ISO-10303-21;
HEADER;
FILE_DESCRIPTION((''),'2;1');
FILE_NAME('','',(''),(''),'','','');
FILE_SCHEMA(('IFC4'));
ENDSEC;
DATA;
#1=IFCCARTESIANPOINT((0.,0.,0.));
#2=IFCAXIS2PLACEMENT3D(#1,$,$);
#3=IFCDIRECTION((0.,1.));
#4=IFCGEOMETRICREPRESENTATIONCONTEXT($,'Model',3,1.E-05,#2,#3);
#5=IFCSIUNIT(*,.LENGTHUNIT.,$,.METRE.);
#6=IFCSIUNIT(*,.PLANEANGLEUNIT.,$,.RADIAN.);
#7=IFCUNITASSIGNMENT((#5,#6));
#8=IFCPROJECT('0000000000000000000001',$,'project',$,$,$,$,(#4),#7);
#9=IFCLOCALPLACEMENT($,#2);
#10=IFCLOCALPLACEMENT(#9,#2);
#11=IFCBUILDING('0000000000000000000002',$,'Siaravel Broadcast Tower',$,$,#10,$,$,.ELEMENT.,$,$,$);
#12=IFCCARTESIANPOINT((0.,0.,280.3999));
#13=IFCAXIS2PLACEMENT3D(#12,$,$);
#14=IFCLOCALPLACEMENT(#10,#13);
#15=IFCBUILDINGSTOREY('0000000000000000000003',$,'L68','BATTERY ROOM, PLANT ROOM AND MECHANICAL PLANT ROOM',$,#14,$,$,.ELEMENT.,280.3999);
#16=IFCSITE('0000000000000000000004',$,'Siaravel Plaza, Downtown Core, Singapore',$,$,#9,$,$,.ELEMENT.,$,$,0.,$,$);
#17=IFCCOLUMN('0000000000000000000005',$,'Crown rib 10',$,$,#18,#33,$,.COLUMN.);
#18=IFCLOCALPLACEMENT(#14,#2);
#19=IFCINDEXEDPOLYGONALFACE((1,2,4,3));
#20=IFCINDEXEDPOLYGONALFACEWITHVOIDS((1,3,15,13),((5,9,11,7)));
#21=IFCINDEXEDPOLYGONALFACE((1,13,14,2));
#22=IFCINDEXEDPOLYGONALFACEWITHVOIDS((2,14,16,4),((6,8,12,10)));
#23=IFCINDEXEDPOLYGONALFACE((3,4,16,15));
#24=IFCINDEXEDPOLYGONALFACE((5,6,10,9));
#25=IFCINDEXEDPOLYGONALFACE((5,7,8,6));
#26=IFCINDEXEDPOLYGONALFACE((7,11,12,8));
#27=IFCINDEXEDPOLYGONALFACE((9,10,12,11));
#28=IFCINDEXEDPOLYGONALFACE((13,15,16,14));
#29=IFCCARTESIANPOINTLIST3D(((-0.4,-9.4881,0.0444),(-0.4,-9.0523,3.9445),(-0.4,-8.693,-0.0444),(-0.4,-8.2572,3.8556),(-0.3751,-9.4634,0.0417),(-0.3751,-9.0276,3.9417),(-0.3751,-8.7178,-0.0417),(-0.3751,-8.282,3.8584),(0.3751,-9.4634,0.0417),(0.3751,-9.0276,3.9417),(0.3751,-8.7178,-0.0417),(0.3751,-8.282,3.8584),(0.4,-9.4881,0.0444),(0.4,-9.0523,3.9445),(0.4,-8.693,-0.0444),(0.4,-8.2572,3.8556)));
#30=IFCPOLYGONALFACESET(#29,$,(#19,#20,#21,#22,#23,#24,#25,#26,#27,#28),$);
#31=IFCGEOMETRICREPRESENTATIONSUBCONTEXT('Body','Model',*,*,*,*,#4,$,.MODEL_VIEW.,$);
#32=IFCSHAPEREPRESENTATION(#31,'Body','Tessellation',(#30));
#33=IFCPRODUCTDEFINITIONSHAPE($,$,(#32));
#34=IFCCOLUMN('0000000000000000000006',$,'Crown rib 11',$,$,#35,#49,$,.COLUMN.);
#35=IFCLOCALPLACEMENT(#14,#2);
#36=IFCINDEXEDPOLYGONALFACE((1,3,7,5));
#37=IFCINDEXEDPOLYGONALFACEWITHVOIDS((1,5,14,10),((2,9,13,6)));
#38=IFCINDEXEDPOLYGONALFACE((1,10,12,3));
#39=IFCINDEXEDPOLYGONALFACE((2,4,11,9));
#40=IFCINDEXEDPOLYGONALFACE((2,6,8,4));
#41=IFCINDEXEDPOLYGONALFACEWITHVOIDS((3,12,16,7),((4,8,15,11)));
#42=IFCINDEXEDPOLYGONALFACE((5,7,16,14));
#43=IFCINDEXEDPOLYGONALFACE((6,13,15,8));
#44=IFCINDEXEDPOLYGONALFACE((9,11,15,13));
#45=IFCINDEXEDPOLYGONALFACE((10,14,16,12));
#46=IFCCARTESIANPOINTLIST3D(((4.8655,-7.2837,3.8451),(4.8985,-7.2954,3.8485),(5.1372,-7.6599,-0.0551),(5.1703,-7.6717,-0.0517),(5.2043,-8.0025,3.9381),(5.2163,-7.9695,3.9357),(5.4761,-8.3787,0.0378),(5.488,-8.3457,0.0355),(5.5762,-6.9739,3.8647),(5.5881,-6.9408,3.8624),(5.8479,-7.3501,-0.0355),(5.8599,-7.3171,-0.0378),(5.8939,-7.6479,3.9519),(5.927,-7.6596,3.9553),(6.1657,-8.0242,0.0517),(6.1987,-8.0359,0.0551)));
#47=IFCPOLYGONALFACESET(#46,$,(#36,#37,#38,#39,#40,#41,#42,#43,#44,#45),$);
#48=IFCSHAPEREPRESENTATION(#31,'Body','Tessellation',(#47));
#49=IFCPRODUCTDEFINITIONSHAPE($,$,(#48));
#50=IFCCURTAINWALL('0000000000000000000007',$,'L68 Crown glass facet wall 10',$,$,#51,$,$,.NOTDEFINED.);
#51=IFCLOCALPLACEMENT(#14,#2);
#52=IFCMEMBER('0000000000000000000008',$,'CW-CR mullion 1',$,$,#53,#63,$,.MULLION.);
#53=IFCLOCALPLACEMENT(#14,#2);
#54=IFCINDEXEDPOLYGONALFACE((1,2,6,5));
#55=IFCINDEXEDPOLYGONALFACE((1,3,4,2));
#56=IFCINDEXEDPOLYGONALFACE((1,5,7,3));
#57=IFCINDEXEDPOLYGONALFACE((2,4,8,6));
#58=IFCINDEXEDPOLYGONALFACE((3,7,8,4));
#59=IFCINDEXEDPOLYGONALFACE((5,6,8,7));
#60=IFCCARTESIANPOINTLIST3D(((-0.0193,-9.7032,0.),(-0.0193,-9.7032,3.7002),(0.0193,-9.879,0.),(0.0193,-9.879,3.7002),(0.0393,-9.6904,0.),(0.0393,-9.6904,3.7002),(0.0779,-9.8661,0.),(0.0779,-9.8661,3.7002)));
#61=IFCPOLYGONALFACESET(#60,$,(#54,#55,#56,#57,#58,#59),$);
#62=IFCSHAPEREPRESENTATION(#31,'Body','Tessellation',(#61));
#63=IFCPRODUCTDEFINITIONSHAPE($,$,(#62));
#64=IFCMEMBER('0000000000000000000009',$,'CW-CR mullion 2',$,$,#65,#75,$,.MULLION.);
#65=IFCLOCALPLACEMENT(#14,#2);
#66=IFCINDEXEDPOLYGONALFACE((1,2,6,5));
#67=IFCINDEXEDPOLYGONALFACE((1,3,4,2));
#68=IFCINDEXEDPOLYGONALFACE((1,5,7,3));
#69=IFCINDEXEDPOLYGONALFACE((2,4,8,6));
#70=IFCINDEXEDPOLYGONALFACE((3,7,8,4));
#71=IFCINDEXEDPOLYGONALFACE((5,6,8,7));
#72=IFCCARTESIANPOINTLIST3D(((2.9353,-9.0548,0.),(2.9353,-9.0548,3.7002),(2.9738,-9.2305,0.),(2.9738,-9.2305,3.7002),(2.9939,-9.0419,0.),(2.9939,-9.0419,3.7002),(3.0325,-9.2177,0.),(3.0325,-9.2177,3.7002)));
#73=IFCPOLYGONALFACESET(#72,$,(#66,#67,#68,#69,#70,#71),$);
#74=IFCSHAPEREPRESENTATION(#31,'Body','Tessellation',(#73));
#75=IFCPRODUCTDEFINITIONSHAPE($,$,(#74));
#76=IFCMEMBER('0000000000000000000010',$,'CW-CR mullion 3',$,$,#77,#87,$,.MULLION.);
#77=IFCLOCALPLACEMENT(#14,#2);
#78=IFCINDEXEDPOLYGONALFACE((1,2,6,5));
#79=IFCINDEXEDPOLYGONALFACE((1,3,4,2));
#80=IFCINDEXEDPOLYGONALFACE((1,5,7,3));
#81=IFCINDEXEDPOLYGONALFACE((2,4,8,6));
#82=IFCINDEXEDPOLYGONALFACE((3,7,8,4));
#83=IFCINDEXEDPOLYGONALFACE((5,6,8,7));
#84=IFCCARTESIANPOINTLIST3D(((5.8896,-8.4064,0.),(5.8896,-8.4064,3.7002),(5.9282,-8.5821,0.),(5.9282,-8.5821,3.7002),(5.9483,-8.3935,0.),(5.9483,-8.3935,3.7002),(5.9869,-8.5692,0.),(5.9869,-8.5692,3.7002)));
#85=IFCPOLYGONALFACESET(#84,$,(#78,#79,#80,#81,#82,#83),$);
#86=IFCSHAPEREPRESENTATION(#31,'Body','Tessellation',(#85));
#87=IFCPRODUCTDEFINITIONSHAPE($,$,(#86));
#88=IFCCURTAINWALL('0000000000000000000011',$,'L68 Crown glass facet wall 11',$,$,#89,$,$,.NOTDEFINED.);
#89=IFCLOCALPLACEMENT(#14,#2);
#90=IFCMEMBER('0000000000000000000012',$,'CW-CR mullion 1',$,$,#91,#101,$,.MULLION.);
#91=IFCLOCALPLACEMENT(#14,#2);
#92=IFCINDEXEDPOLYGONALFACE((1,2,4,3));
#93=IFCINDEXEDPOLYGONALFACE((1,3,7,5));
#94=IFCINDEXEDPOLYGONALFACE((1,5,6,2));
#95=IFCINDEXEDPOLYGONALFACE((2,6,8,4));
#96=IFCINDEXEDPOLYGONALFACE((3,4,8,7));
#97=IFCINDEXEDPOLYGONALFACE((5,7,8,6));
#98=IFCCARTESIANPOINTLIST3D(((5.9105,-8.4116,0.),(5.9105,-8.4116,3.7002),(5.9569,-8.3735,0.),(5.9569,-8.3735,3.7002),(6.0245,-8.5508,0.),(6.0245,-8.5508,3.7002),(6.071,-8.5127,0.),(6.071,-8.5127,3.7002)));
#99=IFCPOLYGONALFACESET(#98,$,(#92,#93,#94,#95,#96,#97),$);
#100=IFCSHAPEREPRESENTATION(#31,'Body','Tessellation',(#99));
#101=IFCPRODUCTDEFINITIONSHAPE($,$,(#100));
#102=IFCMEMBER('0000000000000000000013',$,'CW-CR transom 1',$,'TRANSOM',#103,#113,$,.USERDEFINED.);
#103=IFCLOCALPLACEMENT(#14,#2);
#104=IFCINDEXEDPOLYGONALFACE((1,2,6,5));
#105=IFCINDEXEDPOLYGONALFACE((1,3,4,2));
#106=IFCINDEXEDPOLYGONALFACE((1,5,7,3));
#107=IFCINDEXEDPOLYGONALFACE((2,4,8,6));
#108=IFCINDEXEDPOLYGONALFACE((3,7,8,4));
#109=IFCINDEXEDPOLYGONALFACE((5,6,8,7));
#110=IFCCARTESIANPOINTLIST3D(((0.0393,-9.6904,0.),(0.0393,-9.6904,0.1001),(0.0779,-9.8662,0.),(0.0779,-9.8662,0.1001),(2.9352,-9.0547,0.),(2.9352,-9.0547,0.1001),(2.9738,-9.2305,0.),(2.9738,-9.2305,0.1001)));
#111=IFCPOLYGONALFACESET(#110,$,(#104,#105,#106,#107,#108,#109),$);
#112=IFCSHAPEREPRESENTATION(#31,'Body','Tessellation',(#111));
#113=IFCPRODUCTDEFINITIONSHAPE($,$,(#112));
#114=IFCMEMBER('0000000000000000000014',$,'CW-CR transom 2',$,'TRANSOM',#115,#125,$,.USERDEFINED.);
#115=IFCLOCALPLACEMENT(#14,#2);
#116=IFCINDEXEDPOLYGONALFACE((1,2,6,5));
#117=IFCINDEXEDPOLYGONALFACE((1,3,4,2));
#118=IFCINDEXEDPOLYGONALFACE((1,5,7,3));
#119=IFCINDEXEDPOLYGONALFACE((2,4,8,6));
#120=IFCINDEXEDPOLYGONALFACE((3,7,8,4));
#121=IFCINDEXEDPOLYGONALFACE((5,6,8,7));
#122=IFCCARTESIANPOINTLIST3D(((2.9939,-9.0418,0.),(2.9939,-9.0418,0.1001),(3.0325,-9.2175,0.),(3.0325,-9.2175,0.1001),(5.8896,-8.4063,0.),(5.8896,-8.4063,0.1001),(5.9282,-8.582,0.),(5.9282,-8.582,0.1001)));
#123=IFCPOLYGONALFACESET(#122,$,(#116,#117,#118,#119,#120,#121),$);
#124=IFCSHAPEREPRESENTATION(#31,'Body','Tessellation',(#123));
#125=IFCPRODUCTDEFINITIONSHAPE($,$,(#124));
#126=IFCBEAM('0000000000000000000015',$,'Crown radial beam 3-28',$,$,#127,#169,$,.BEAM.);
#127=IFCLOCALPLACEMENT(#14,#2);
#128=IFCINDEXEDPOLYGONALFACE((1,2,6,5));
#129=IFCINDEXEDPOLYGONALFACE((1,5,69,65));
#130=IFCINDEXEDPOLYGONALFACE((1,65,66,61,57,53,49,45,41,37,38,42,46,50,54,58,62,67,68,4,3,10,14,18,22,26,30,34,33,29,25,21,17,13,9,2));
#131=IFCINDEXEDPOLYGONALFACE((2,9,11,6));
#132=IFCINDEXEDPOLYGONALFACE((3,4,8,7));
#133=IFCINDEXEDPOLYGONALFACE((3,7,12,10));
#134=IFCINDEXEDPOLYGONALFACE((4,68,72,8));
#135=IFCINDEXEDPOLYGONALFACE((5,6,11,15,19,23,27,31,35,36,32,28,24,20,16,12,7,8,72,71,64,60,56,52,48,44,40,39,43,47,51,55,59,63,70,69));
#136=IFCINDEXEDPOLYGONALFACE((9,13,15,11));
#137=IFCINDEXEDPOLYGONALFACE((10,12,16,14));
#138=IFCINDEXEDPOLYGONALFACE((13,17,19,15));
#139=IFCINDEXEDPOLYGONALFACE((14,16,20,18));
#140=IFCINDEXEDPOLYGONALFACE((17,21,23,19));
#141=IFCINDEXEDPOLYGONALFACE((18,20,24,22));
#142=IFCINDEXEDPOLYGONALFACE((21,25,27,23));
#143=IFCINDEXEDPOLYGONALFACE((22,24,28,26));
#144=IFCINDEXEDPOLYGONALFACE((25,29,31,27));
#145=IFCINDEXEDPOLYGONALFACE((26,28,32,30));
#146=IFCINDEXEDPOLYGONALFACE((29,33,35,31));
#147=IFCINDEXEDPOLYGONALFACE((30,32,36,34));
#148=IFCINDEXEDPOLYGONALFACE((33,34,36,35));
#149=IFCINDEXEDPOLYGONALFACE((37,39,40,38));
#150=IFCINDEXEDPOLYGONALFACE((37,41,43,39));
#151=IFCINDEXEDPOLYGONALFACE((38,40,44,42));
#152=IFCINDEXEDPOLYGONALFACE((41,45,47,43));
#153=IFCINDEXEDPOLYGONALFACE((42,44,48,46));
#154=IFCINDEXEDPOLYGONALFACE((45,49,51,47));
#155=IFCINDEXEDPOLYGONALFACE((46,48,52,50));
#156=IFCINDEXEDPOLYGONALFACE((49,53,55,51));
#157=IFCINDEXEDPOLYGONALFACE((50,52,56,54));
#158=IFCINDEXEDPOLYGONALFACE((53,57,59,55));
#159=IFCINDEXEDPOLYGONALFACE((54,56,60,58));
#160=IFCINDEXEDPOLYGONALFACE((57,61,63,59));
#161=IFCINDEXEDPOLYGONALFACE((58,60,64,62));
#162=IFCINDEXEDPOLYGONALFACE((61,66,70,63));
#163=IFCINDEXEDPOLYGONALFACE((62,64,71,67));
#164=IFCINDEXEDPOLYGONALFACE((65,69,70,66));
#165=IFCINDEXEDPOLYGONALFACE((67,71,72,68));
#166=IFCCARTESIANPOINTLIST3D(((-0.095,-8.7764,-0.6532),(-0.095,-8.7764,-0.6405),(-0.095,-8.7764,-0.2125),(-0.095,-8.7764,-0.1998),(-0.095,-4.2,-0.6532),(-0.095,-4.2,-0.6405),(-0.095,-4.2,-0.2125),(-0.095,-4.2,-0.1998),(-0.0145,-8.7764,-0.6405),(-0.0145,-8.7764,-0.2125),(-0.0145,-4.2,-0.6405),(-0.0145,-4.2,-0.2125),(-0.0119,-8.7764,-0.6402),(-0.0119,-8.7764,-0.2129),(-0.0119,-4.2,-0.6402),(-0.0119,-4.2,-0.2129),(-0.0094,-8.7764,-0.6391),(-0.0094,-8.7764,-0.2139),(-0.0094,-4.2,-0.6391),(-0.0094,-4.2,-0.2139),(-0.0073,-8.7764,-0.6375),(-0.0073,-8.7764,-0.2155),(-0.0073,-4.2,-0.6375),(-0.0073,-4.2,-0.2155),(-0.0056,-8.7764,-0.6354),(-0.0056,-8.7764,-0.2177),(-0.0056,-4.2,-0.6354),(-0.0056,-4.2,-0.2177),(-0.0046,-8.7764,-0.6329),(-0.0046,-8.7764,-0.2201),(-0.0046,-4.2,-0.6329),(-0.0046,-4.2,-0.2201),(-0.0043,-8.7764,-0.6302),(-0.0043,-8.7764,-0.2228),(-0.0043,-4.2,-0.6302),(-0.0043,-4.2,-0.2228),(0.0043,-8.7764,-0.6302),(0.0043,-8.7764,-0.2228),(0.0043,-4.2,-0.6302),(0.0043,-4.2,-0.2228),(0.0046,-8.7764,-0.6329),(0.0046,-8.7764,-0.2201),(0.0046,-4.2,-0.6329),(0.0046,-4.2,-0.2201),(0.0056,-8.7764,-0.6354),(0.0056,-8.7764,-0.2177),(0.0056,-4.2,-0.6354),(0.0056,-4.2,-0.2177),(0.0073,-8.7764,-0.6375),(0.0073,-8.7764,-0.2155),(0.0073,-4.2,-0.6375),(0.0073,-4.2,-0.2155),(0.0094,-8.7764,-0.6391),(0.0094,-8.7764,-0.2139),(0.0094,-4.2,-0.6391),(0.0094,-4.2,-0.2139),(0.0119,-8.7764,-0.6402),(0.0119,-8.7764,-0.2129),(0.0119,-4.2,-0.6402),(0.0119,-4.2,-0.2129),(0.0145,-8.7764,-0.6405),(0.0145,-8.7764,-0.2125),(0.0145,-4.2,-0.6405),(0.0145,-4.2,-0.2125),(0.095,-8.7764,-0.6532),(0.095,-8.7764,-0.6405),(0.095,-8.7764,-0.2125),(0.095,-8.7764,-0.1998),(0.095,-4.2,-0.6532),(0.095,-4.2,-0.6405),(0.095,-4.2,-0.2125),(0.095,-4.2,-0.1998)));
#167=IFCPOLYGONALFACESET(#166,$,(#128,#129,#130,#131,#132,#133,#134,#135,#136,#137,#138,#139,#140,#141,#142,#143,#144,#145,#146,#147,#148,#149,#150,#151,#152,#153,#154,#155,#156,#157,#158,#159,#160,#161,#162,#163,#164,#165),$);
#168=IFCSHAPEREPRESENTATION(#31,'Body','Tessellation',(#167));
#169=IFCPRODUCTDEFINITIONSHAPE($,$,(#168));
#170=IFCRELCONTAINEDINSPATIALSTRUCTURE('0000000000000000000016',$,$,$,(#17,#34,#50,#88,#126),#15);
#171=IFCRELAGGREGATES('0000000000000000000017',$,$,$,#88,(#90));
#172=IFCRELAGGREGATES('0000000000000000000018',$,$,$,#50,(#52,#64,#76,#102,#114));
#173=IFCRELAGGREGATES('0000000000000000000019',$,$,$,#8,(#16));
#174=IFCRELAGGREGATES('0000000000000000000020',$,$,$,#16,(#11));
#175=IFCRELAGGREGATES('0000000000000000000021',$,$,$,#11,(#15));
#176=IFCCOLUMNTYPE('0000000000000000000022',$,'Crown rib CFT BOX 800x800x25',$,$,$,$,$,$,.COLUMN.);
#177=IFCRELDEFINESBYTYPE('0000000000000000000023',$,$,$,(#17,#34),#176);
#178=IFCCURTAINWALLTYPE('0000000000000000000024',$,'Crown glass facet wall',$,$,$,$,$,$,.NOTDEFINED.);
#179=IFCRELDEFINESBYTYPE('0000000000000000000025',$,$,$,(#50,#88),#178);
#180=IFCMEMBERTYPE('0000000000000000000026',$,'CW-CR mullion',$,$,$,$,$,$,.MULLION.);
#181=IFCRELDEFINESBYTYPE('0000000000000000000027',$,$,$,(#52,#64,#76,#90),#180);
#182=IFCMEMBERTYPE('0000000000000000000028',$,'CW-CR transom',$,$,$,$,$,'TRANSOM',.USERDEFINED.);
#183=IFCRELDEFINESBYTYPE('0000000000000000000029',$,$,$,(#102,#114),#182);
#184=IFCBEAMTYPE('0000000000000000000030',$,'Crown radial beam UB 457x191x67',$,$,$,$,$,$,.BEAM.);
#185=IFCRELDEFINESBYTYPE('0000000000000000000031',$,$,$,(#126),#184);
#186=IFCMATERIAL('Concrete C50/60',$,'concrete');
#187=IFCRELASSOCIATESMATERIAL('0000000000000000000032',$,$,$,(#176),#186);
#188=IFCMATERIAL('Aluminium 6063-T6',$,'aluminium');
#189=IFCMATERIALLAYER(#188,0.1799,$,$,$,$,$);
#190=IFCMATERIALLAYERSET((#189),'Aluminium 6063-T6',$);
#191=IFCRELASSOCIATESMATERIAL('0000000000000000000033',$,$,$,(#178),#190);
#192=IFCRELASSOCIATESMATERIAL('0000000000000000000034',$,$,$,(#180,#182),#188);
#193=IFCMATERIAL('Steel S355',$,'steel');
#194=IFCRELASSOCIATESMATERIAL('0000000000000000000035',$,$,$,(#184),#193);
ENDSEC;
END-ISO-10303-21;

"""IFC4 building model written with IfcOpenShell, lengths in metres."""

from ifc_helpers import new_model, si_unit, direction, frame, origin, origin_2d, place, context, subcontext, project, spatial, rectangle, hollow_rectangle, i_section, extrude, material, layer, layer_set, material_profile, profile_set, type_object, element, aggregate, save


model = new_model("IFC4")

# Units and contexts
model_context = context("Model", 3, precision=1e-05, world=origin(), true_north=direction((0.0, 1.0)))
body_context = subcontext(model_context, "Body", "Model", "MODEL_VIEW")
ifc_project = project(units=[si_unit("LENGTHUNIT", "METRE"), si_unit("PLANEANGLEUNIT", "RADIAN")], contexts=[model_context])

# Site, building, storey
site_placement = place(None, origin())
site = spatial("IfcSite", under=ifc_project, at=site_placement, Name="Siaravel Plaza, Downtown Core, Singapore", CompositionType="ELEMENT", RefElevation=0.0)
building_placement = place(site_placement, origin())
building = spatial("IfcBuilding", under=site, at=building_placement, Name="Siaravel Broadcast Tower", CompositionType="ELEMENT")
storey_placement = place(building_placement, frame((0.0, 0.0, 280.3999)))
storey = spatial("IfcBuildingStorey", under=building, at=storey_placement, Name="L68", Description="BATTERY ROOM, PLANT ROOM AND MECHANICAL PLANT ROOM", CompositionType="ELEMENT", Elevation=280.3999)

# Columns
ifc_material_1 = material(Name="Concrete C50/60", Category="concrete")
ifc_material_profile_1 = material_profile(ifc_material_1, hollow_rectangle(XDim=0.8, YDim=0.8, WallThickness=0.0249, at=origin_2d()))
ifc_profile_set_1 = profile_set([ifc_material_profile_1], Name="Concrete C50/60")
column_type = type_object("IfcColumnType", Name="Crown rib CFT BOX 800x800x25", PredefinedType="COLUMN", material=ifc_profile_set_1)
column_1_placement = place(storey_placement, frame((0.0, -9.0906, 0.0), z_axis=(0.0, 0.111046, 0.993815), x_axis=(-1.0, 0.0, 0.0)))
element("IfcColumn", 1, at=column_1_placement, inside=storey, type_object=column_type, Name="Crown rib 10", PredefinedType="COLUMN", context=body_context, shape_type="SweptSolid", body=[
    extrude(hollow_rectangle(XDim=0.8, YDim=0.8, WallThickness=0.0249, at=origin_2d()), origin(), (0.0, 0.0, 1.0), 3.9243),
])
column_2_placement = place(storey_placement, frame((5.668, -7.8479, 0.0), z_axis=(-0.069183, 0.095787, 0.992995), x_axis=(-0.903251, -0.428569, -0.02159)))
element("IfcColumn", 2, at=column_2_placement, inside=storey, type_object=column_type, Name="Crown rib 11", PredefinedType="COLUMN", context=body_context, shape_type="SweptSolid", body=[
    extrude(hollow_rectangle(XDim=0.8, YDim=0.8, WallThickness=0.0249, at=origin_2d()), origin(), (0.0, 0.0, 1.0), 3.9277),
])

# Curtain wall, members
ifc_material_2 = material(Name="Aluminium 6063-T6", Category="aluminium")
ifc_layer_1 = layer(ifc_material_2, 0.1799)
ifc_layer_set_1 = layer_set([ifc_layer_1], Name="Aluminium 6063-T6")
curtain_wall_type = type_object("IfcCurtainWallType", Name="Crown glass facet wall", PredefinedType="NOTDEFINED", material=ifc_layer_set_1)
curtain_wall_1_placement = place(storey_placement, origin())
curtain_wall_1 = element("IfcCurtainWall", 3, at=curtain_wall_1_placement, inside=storey, type_object=curtain_wall_type, Name="L68 Crown glass facet wall 10", PredefinedType="NOTDEFINED")
ifc_material_profile_2 = material_profile(ifc_material_2, rectangle(XDim=0.1799, YDim=0.0601, at=origin_2d()))
ifc_profile_set_2 = profile_set([ifc_material_profile_2], Name="Aluminium 6063-T6")
member_type_1 = type_object("IfcMemberType", Name="CW-CR mullion", PredefinedType="MULLION", material=ifc_profile_set_2)
member_1_placement = place(storey_placement, frame((0.0293, -9.7847, 0.0), z_axis=(0.0, 0.0, 1.0), x_axis=(-0.214394, 0.976747, 0.0)))
member_1 = element("IfcMember", 4, at=member_1_placement, type_object=member_type_1, Name="CW-CR mullion 1", PredefinedType="MULLION", context=body_context, shape_type="SweptSolid", body=[
    extrude(rectangle(XDim=0.1799, YDim=0.0601, at=origin_2d()), origin(), (0.0, 0.0, 1.0), 3.7002),
])
member_2_placement = place(storey_placement, frame((2.9839, -9.1362, 0.0), z_axis=(0.0, 0.0, 1.0), x_axis=(-0.214394, 0.976747, 0.0)))
member_2 = element("IfcMember", 5, at=member_2_placement, type_object=member_type_1, Name="CW-CR mullion 2", PredefinedType="MULLION", context=body_context, shape_type="SweptSolid", body=[
    extrude(rectangle(XDim=0.1799, YDim=0.0601, at=origin_2d()), origin(), (0.0, 0.0, 1.0), 3.7002),
])
member_3_placement = place(storey_placement, frame((5.9382, -8.4878, 0.0), z_axis=(0.0, 0.0, 1.0), x_axis=(-0.214394, 0.976747, 0.0)))
member_3 = element("IfcMember", 6, at=member_3_placement, type_object=member_type_1, Name="CW-CR mullion 3", PredefinedType="MULLION", context=body_context, shape_type="SweptSolid", body=[
    extrude(rectangle(XDim=0.1799, YDim=0.0601, at=origin_2d()), origin(), (0.0, 0.0, 1.0), 3.7002),
])

# Curtain wall, member
curtain_wall_2_placement = place(storey_placement, origin())
curtain_wall_2 = element("IfcCurtainWall", 7, at=curtain_wall_2_placement, inside=storey, type_object=curtain_wall_type, Name="L68 Crown glass facet wall 11", PredefinedType="NOTDEFINED")
member_4_placement = place(storey_placement, frame((5.9907, -8.4622, 0.0), z_axis=(0.0, 0.0, 1.0), x_axis=(-0.633713, 0.773568, 0.0)))
member_4 = element("IfcMember", 8, at=member_4_placement, type_object=member_type_1, Name="CW-CR mullion 1", PredefinedType="MULLION", context=body_context, shape_type="SweptSolid", body=[
    extrude(rectangle(XDim=0.1799, YDim=0.0601, at=origin_2d()), origin(), (0.0, 0.0, 1.0), 3.7002),
])
aggregate(curtain_wall_2, [member_4])

# Members
ifc_material_profile_3 = material_profile(ifc_material_2, rectangle(XDim=0.1799, YDim=0.1001, at=origin_2d()))
ifc_profile_set_3 = profile_set([ifc_material_profile_3], Name="Aluminium 6063-T6")
member_type_2 = type_object("IfcMemberType", Name="CW-CR transom", ElementType="TRANSOM", PredefinedType="USERDEFINED", material=ifc_profile_set_3)
member_5_placement = place(storey_placement, frame((0.0586, -9.7783, 0.05), z_axis=(0.976742, 0.214419, 0.0), x_axis=(-0.214419, 0.976742, 0.0)))
member_5 = element("IfcMember", 9, at=member_5_placement, type_object=member_type_2, Name="CW-CR transom 1", ObjectType="TRANSOM", PredefinedType="USERDEFINED", context=body_context, shape_type="SweptSolid", body=[
    extrude(rectangle(XDim=0.1799, YDim=0.1001, at=origin_2d()), origin(), (0.0, 0.0, 1.0), 2.9648),
])
member_6_placement = place(storey_placement, frame((3.0132, -9.1296, 0.05), z_axis=(0.976755, 0.214357, 0.0), x_axis=(-0.214357, 0.976755, 0.0)))
member_6 = element("IfcMember", 10, at=member_6_placement, type_object=member_type_2, Name="CW-CR transom 2", ObjectType="TRANSOM", PredefinedType="USERDEFINED", context=body_context, shape_type="SweptSolid", body=[
    extrude(rectangle(XDim=0.1799, YDim=0.1001, at=origin_2d()), origin(), (0.0, 0.0, 1.0), 2.9646),
])

# Beam
ifc_material_3 = material(Name="Steel S355", Category="steel")
ifc_material_profile_4 = material_profile(ifc_material_3, i_section(OverallWidth=0.1899, OverallDepth=0.4534, WebThickness=0.0085, FlangeThickness=0.0127, FilletRadius=0.0103, at=origin_2d()))
ifc_profile_set_4 = profile_set([ifc_material_profile_4], Name="Steel S355")
beam_type_1 = type_object("IfcBeamType", Name="Crown radial beam UB 457x191x67", PredefinedType="BEAM", material=ifc_profile_set_4)
beam_1_placement = place(storey_placement, frame((0.0, -8.7764, -0.4265), z_axis=(0.0, 1.0, 0.0), x_axis=(-1.0, 0.0, 0.0)))
element("IfcBeam", 11, at=beam_1_placement, inside=storey, type_object=beam_type_1, Name="Crown radial beam 3-28", PredefinedType="BEAM", context=body_context, shape_type="SweptSolid", body=[
    extrude(i_section(OverallWidth=0.1899, OverallDepth=0.4534, WebThickness=0.0085, FlangeThickness=0.0127, FilletRadius=0.0103, at=origin_2d()), origin(), (0.0, 0.0, 1.0), 4.5764),
])

aggregate(curtain_wall_1, [member_1, member_2, member_3, member_5, member_6])

save(model, "model.ifc")
